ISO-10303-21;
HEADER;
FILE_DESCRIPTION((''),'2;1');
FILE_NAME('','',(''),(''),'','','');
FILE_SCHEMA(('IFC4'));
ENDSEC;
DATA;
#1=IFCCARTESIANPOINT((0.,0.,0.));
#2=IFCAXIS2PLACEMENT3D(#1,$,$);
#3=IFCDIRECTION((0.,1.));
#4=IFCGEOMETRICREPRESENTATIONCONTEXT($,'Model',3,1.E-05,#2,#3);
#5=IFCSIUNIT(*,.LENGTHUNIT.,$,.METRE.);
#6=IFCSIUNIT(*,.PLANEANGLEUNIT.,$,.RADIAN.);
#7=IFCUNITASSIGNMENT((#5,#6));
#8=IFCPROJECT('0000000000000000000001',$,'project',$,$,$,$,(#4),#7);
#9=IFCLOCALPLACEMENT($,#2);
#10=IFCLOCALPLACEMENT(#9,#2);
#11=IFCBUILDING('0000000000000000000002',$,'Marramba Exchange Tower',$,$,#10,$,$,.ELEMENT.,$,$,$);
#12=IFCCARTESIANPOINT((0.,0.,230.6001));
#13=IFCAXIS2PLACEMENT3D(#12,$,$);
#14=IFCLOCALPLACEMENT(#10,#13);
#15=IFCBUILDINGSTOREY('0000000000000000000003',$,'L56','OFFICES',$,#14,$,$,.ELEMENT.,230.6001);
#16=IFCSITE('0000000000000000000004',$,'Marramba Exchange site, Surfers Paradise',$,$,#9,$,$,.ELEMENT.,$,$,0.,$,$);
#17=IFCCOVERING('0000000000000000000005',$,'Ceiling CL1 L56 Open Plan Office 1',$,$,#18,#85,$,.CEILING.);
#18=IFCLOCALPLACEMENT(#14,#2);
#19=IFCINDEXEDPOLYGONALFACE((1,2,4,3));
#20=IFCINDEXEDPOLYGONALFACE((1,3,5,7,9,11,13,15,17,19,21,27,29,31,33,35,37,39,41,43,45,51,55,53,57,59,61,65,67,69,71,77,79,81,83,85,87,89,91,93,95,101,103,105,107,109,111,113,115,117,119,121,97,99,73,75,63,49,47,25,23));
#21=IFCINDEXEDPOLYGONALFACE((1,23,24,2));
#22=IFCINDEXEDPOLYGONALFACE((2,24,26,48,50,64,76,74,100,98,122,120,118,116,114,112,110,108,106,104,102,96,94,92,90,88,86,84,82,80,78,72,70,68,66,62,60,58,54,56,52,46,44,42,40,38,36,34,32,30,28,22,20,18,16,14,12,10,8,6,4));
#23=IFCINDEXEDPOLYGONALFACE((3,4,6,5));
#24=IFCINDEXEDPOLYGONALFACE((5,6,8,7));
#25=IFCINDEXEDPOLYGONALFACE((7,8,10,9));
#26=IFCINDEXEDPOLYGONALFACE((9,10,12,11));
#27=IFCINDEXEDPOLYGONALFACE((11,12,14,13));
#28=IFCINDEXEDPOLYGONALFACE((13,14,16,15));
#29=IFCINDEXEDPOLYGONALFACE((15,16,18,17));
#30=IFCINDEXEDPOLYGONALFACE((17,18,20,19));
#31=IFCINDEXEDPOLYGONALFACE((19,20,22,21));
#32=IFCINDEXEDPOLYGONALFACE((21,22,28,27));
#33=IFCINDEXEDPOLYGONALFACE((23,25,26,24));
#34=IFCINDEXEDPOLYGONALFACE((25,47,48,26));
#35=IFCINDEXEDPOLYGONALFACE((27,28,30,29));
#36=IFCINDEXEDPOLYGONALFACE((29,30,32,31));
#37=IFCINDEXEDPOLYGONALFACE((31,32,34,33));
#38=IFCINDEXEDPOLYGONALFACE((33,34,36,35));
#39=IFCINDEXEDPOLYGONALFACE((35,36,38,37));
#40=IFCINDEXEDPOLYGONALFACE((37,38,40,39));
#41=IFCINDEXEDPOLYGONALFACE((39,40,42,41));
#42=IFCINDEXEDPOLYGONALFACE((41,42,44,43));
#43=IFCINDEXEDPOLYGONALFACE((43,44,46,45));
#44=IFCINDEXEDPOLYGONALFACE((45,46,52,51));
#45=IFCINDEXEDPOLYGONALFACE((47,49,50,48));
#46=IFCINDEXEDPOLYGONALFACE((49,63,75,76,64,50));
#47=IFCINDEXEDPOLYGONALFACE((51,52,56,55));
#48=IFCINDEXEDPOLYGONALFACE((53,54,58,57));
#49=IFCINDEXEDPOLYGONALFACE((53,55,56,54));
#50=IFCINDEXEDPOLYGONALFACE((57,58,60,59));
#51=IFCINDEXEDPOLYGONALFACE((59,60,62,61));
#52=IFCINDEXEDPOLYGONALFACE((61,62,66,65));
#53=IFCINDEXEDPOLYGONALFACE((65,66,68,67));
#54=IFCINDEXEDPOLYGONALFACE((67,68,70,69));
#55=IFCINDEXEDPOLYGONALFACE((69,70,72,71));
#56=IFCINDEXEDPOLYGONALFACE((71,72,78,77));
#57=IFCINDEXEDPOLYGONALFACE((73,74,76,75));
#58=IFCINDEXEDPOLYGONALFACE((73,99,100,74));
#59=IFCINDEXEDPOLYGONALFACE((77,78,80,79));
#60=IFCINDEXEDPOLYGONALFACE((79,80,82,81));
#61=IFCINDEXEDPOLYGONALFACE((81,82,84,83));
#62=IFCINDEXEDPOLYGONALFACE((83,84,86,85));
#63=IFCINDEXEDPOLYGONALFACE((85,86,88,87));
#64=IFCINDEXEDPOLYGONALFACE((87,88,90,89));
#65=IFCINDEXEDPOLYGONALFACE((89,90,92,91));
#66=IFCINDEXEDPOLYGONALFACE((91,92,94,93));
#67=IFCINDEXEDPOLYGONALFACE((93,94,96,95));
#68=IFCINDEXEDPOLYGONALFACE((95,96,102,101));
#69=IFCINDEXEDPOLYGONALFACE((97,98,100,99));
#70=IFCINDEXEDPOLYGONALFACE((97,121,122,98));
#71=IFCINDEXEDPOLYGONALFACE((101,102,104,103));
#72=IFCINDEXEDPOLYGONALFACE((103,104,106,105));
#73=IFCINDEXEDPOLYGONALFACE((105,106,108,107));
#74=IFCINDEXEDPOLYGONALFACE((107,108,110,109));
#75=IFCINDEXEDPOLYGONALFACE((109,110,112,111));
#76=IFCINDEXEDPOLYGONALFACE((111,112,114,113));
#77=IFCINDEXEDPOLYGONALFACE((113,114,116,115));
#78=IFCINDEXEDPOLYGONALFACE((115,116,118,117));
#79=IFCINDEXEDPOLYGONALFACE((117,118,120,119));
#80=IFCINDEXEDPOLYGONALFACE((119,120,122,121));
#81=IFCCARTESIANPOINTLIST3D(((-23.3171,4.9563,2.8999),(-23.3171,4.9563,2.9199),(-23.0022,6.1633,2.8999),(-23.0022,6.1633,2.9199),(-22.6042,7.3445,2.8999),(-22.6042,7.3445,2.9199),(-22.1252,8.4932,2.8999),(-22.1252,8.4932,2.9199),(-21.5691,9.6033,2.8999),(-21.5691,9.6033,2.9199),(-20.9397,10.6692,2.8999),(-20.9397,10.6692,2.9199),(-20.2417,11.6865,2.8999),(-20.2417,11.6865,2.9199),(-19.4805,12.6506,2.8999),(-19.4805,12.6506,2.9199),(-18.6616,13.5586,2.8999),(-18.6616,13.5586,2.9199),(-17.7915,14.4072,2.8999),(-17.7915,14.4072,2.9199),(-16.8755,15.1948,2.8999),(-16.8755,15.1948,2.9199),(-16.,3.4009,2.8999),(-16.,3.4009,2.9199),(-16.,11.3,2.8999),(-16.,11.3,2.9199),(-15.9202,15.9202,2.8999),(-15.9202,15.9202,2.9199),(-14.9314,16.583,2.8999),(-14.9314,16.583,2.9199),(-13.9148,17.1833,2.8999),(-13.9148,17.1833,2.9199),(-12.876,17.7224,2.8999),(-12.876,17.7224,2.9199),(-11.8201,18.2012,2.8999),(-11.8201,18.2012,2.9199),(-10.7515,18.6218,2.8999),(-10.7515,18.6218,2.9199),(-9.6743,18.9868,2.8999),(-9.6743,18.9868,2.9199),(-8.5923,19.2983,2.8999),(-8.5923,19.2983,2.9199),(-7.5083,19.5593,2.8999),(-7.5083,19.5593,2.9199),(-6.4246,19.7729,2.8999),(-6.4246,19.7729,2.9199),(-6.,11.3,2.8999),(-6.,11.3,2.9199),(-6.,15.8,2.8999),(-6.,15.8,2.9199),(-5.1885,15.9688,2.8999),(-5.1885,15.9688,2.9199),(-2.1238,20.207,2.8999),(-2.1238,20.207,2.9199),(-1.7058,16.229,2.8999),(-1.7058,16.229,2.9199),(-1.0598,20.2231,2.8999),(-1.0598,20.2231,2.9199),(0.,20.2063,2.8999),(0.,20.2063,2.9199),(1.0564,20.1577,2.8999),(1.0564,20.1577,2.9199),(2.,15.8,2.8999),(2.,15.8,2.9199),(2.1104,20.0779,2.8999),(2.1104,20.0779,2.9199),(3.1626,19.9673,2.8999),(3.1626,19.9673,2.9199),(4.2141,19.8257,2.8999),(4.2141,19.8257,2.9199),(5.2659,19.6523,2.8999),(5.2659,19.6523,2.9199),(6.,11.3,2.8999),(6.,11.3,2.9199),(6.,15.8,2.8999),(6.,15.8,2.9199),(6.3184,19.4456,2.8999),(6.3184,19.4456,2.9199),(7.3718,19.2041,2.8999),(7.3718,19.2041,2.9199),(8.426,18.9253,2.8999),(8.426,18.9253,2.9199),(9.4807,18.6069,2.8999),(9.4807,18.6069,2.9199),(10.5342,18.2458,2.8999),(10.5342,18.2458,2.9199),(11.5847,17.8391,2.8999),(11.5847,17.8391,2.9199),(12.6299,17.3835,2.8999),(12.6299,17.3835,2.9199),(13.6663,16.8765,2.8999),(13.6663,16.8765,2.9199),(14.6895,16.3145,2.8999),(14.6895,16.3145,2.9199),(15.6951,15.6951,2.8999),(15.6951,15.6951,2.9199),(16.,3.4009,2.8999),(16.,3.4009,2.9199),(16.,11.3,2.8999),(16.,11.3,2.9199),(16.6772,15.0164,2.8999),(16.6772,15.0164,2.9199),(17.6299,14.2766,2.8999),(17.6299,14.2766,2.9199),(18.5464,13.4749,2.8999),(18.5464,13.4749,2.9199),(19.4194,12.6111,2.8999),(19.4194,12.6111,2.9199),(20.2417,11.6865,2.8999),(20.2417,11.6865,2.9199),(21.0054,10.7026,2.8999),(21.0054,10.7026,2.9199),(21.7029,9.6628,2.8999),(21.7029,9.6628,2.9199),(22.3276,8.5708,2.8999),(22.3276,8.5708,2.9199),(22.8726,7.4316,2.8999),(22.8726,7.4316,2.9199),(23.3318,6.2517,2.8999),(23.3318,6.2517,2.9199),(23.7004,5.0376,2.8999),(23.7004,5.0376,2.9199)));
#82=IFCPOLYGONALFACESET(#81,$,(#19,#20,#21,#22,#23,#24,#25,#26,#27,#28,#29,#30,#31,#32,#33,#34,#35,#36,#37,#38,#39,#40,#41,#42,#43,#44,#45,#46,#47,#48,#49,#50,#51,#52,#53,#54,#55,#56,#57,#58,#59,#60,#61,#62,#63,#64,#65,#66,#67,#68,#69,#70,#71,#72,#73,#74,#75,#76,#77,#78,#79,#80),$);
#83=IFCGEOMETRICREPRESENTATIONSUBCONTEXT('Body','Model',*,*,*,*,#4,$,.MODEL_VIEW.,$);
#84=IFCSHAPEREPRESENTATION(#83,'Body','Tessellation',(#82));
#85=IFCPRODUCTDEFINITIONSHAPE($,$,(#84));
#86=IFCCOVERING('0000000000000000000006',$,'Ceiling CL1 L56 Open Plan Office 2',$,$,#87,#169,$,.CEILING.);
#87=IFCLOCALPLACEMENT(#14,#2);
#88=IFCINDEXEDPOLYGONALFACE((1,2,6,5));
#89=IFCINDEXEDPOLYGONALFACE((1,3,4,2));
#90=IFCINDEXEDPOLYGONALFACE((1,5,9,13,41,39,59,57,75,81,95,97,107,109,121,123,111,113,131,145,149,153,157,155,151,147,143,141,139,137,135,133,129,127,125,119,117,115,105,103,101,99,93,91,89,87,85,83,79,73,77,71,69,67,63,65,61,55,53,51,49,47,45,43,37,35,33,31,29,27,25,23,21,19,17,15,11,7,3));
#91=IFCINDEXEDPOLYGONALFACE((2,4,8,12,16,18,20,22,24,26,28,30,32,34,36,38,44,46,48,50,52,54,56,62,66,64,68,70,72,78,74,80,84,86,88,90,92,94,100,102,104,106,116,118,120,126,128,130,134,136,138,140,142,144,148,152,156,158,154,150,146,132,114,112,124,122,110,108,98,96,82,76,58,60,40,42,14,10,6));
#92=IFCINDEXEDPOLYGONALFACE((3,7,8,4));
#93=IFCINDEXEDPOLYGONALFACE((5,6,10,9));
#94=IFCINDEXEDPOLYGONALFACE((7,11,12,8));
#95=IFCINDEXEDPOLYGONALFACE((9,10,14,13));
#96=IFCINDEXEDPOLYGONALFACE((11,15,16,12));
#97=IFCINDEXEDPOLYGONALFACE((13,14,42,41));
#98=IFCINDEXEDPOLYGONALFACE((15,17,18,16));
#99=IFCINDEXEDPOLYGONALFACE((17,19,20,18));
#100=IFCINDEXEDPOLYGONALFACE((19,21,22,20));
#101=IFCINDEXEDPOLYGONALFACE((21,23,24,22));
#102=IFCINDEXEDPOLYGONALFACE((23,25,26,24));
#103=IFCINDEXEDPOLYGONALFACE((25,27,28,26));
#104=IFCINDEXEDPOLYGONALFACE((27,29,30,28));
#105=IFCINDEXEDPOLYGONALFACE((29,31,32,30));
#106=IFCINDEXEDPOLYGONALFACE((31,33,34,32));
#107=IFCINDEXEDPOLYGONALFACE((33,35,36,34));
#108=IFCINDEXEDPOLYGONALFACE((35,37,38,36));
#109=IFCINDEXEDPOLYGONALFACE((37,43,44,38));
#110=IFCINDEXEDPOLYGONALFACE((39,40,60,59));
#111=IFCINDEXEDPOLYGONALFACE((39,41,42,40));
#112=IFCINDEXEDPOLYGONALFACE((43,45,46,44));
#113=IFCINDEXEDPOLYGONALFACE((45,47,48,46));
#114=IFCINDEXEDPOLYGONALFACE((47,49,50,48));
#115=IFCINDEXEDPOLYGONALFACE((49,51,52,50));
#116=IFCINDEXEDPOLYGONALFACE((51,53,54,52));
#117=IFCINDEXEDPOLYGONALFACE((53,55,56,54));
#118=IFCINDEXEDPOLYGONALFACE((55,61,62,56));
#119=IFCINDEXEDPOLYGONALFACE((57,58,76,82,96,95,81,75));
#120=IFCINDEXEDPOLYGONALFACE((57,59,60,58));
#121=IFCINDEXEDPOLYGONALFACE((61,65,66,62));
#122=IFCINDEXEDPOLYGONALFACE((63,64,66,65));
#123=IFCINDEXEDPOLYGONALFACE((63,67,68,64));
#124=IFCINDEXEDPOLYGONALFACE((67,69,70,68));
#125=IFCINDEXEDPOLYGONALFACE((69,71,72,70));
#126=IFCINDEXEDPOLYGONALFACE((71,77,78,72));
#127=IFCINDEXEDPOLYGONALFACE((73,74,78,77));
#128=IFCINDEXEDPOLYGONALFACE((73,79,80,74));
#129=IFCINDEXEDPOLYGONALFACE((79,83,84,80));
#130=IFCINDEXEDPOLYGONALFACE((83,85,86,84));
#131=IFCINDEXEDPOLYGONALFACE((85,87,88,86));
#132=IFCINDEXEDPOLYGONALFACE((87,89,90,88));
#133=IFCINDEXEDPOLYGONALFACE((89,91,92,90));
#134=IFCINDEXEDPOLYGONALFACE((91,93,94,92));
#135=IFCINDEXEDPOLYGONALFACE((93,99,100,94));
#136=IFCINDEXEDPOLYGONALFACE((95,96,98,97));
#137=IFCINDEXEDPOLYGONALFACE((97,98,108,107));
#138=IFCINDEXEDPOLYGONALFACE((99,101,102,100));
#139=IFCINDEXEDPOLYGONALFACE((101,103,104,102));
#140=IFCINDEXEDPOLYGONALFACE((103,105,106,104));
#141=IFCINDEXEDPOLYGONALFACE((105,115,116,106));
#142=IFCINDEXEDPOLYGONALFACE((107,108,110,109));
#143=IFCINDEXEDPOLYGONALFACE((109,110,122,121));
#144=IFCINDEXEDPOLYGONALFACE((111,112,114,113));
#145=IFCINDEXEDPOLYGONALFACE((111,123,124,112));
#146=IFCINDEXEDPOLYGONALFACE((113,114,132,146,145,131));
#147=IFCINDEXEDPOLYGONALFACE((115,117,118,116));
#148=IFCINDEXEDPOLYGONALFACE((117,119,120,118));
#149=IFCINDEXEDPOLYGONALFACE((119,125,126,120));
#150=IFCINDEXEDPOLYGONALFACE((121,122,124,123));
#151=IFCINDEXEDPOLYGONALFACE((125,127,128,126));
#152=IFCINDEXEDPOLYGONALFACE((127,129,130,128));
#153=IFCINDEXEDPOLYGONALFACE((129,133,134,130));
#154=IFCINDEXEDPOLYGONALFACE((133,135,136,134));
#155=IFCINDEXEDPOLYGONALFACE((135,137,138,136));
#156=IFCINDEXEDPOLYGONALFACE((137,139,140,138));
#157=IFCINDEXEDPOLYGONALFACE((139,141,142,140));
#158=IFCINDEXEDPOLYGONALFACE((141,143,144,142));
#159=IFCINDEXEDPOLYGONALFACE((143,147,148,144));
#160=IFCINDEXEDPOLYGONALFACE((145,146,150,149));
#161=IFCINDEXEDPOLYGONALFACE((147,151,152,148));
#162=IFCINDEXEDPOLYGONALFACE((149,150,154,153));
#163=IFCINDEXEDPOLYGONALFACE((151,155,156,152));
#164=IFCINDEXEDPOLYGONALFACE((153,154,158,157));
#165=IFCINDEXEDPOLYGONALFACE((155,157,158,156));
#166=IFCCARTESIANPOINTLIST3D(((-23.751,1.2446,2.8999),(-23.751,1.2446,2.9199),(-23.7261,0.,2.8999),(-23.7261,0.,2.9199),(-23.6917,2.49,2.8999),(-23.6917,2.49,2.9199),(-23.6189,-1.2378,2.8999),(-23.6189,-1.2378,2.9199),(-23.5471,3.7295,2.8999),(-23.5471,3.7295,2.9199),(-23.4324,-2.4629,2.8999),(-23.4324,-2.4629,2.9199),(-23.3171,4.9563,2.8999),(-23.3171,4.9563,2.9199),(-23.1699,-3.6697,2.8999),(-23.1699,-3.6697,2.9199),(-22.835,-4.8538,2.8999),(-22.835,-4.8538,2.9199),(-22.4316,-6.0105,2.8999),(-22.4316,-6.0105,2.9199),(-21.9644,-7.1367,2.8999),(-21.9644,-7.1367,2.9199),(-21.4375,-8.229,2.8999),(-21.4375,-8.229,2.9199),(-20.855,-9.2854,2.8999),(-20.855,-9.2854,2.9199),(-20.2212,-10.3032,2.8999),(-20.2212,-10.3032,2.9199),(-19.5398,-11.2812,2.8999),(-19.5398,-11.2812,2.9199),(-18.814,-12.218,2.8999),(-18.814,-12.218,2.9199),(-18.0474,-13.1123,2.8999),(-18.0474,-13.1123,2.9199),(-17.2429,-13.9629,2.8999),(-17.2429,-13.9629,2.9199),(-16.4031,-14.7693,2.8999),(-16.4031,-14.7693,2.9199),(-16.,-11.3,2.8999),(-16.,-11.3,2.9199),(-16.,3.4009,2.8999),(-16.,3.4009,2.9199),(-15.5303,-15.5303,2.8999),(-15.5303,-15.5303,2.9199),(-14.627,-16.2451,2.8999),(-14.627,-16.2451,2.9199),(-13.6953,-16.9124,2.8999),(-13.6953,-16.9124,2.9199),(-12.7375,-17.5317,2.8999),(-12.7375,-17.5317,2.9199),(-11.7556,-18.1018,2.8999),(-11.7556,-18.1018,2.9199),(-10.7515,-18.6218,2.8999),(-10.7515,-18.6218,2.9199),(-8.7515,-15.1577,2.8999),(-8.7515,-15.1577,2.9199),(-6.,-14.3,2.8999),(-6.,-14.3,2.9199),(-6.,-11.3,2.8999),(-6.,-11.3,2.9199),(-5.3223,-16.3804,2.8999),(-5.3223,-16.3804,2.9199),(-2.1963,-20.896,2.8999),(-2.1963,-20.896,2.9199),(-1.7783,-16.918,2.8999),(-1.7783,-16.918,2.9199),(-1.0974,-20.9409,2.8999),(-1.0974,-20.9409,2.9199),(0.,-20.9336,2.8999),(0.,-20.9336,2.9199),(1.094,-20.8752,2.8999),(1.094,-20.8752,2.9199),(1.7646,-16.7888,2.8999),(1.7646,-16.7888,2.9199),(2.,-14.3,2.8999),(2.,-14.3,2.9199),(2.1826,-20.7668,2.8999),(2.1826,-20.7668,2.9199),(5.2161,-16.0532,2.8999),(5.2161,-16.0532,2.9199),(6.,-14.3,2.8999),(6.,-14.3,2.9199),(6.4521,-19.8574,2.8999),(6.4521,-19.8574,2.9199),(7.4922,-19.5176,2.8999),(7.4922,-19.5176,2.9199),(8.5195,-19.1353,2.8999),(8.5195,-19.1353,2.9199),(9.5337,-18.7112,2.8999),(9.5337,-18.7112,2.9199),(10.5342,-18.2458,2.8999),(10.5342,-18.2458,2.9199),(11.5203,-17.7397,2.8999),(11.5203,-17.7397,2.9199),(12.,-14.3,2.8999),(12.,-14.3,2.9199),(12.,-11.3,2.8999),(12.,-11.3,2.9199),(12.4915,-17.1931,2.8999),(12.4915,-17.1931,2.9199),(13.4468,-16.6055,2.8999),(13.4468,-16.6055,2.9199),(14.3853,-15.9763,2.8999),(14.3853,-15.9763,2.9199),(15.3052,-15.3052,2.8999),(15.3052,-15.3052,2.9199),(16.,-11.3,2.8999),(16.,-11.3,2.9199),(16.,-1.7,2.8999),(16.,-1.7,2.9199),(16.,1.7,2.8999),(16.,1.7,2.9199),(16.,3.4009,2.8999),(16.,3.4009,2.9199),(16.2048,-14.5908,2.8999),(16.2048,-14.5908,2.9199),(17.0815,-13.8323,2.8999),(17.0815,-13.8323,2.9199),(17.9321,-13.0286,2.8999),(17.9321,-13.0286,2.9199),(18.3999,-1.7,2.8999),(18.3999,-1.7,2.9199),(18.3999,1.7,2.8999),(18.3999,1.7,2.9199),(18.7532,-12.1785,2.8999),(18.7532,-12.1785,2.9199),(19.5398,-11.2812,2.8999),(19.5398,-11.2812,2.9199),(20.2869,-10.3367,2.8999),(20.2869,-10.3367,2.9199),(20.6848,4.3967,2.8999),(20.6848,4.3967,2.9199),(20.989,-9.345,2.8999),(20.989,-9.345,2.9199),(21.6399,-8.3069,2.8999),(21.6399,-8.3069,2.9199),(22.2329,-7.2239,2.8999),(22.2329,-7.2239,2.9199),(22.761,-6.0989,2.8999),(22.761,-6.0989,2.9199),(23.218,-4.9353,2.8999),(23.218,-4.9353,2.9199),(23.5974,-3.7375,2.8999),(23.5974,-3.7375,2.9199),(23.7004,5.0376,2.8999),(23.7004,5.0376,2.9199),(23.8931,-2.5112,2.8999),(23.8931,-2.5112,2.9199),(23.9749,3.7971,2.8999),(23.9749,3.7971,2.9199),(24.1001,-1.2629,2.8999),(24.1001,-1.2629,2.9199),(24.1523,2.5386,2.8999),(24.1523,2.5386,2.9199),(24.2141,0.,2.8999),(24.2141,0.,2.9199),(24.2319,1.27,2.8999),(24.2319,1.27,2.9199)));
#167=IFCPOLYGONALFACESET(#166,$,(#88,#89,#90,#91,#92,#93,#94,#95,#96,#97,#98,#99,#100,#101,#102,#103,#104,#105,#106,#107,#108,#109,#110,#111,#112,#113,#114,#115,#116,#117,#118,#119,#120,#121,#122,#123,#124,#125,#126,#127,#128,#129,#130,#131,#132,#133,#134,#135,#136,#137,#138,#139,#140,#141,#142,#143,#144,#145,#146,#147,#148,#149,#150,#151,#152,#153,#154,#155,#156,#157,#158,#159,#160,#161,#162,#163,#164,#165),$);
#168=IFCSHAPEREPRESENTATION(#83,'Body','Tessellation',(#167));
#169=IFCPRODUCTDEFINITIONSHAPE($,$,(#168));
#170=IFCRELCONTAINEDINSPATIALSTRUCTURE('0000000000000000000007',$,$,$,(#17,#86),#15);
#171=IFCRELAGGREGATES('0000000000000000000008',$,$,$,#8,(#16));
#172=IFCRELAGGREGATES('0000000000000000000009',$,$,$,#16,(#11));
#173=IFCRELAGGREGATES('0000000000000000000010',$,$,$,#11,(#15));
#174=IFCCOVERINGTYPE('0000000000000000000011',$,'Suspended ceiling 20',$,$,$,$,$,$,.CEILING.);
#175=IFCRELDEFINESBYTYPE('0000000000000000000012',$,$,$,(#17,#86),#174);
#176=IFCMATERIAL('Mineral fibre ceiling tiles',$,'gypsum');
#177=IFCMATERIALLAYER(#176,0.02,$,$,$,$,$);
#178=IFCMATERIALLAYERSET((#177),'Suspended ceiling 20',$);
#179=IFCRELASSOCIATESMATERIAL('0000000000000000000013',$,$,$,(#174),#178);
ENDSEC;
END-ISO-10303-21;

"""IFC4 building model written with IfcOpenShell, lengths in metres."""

from ifc_helpers import new_model, si_unit, direction, frame, origin, place, context, subcontext, project, spatial, polyline, outline, extrude, material, layer, layer_set, type_object, element, save


model = new_model("IFC4")

# Units and contexts
model_context = context("Model", 3, precision=1e-05, world=origin(), true_north=direction((0.0, 1.0)))
body_context = subcontext(model_context, "Body", "Model", "MODEL_VIEW")
ifc_project = project(units=[si_unit("LENGTHUNIT", "METRE"), si_unit("PLANEANGLEUNIT", "RADIAN")], contexts=[model_context])

# Site, building, storey
site_placement = place(None, origin())
site = spatial("IfcSite", under=ifc_project, at=site_placement, Name="Marramba Exchange site, Surfers Paradise", CompositionType="ELEMENT", RefElevation=0.0)
building_placement = place(site_placement, origin())
building = spatial("IfcBuilding", under=site, at=building_placement, Name="Marramba Exchange Tower", CompositionType="ELEMENT")
storey_placement = place(building_placement, frame((0.0, 0.0, 230.6001)))
storey = spatial("IfcBuildingStorey", under=building, at=storey_placement, Name="L56", Description="OFFICES", CompositionType="ELEMENT", Elevation=230.6001)

# Coverings
ifc_material_1 = material(Name="Mineral fibre ceiling tiles", Category="gypsum")
ifc_layer_1 = layer(ifc_material_1, 0.02)
ifc_layer_set_1 = layer_set([ifc_layer_1], Name="Suspended ceiling 20")
covering_type = type_object("IfcCoveringType", Name="Suspended ceiling 20", PredefinedType="CEILING", material=ifc_layer_set_1)
covering_1_placement = place(storey_placement, frame((0.0, 0.0, 2.8999)))
element("IfcCovering", 1, at=covering_1_placement, inside=storey, type_object=covering_type, Name="Ceiling CL1 L56 Open Plan Office 1", PredefinedType="CEILING", context=body_context, shape_type="SweptSolid", body=[
    extrude(outline(polyline([(6.0, 11.3), (6.0, 15.8), (2.0, 15.8), (-6.0, 15.8), (-6.0, 11.3), (-16.0, 11.3), (-16.0, 3.4009), (-23.3171, 4.9563), (-23.0022, 6.1633), (-22.6042, 7.3445), (-22.1252, 8.4932), (-21.5691, 9.6033), (-20.9397, 10.6692), (-20.2417, 11.6865), (-19.4805, 12.6506), (-18.6616, 13.5586), (-17.7915, 14.4072), (-16.8755, 15.1948), (-15.9202, 15.9202), (-14.9314, 16.583), (-13.9148, 17.1833), (-12.876, 17.7224), (-11.8201, 18.2012), (-10.7515, 18.6218), (-9.6743, 18.9868), (-8.5923, 19.2983), (-7.5083, 19.5593), (-6.4246, 19.7729), (-5.1885, 15.9688), (-1.7058, 16.229), (-2.1238, 20.207), (-1.0598, 20.2231), (0.0, 20.2063), (1.0564, 20.1577), (2.1104, 20.0779), (3.1626, 19.9673), (4.2141, 19.8257), (5.2659, 19.6523), (6.3184, 19.4456), (7.3718, 19.2041), (8.426, 18.9253), (9.4807, 18.6069), (10.5342, 18.2458), (11.5847, 17.8391), (12.6299, 17.3835), (13.6663, 16.8765), (14.6895, 16.3145), (15.6951, 15.6951), (16.6772, 15.0164), (17.6299, 14.2766), (18.5464, 13.4749), (19.4194, 12.6111), (20.2417, 11.6865), (21.0054, 10.7026), (21.7029, 9.6628), (22.3276, 8.5708), (22.8726, 7.4316), (23.3318, 6.2517), (23.7004, 5.0376), (16.0, 3.4009), (16.0, 11.3), (6.0, 11.3)])), origin(), (0.0, 0.0, 1.0), 0.02),
])
covering_2_placement = place(storey_placement, frame((0.0, 0.0, 2.8999)))
element("IfcCovering", 2, at=covering_2_placement, inside=storey, type_object=covering_type, Name="Ceiling CL1 L56 Open Plan Office 2", PredefinedType="CEILING", context=body_context, shape_type="SweptSolid", body=[
    extrude(outline(polyline([(24.1523, 2.5386), (24.2319, 1.27), (24.2141, 0.0), (24.1001, -1.2629), (23.8931, -2.5112), (23.5974, -3.7375), (23.218, -4.9353), (22.761, -6.0989), (22.2329, -7.2239), (21.6399, -8.3069), (20.989, -9.345), (20.2869, -10.3367), (19.5398, -11.2812), (18.7532, -12.1785), (17.9321, -13.0286), (17.0815, -13.8323), (16.2048, -14.5908), (15.3052, -15.3052), (14.3853, -15.9763), (13.4468, -16.6055), (12.4915, -17.1931), (11.5203, -17.7397), (10.5342, -18.2458), (9.5337, -18.7112), (8.5195, -19.1353), (7.4922, -19.5176), (6.4521, -19.8574), (5.2161, -16.0532), (1.7646, -16.7888), (2.1826, -20.7668), (1.094, -20.8752), (0.0, -20.9336), (-1.0974, -20.9409), (-2.1963, -20.896), (-1.7783, -16.918), (-5.3223, -16.3804), (-8.7515, -15.1577), (-10.7515, -18.6218), (-11.7556, -18.1018), (-12.7375, -17.5317), (-13.6953, -16.9124), (-14.627, -16.2451), (-15.5303, -15.5303), (-16.4031, -14.7693), (-17.2429, -13.9629), (-18.0474, -13.1123), (-18.814, -12.218), (-19.5398, -11.2812), (-20.2212, -10.3032), (-20.855, -9.2854), (-21.4375, -8.229), (-21.9644, -7.1367), (-22.4316, -6.0105), (-22.835, -4.8538), (-23.1699, -3.6697), (-23.4324, -2.4629), (-23.6189, -1.2378), (-23.7261, 0.0), (-23.751, 1.2446), (-23.6917, 2.49), (-23.5471, 3.7295), (-23.3171, 4.9563), (-16.0, 3.4009), (-16.0, -11.3), (-6.0, -11.3), (-6.0, -14.3), (2.0, -14.3), (6.0, -14.3), (12.0, -14.3), (12.0, -11.3), (16.0, -11.3), (16.0, -1.7), (18.3999, -1.7), (18.3999, 1.7), (16.0, 1.7), (16.0, 3.4009), (20.6848, 4.3967), (23.7004, 5.0376), (23.9749, 3.7971), (24.1523, 2.5386)])), origin(), (0.0, 0.0, 1.0), 0.02),
])

save(model, "model.ifc")
